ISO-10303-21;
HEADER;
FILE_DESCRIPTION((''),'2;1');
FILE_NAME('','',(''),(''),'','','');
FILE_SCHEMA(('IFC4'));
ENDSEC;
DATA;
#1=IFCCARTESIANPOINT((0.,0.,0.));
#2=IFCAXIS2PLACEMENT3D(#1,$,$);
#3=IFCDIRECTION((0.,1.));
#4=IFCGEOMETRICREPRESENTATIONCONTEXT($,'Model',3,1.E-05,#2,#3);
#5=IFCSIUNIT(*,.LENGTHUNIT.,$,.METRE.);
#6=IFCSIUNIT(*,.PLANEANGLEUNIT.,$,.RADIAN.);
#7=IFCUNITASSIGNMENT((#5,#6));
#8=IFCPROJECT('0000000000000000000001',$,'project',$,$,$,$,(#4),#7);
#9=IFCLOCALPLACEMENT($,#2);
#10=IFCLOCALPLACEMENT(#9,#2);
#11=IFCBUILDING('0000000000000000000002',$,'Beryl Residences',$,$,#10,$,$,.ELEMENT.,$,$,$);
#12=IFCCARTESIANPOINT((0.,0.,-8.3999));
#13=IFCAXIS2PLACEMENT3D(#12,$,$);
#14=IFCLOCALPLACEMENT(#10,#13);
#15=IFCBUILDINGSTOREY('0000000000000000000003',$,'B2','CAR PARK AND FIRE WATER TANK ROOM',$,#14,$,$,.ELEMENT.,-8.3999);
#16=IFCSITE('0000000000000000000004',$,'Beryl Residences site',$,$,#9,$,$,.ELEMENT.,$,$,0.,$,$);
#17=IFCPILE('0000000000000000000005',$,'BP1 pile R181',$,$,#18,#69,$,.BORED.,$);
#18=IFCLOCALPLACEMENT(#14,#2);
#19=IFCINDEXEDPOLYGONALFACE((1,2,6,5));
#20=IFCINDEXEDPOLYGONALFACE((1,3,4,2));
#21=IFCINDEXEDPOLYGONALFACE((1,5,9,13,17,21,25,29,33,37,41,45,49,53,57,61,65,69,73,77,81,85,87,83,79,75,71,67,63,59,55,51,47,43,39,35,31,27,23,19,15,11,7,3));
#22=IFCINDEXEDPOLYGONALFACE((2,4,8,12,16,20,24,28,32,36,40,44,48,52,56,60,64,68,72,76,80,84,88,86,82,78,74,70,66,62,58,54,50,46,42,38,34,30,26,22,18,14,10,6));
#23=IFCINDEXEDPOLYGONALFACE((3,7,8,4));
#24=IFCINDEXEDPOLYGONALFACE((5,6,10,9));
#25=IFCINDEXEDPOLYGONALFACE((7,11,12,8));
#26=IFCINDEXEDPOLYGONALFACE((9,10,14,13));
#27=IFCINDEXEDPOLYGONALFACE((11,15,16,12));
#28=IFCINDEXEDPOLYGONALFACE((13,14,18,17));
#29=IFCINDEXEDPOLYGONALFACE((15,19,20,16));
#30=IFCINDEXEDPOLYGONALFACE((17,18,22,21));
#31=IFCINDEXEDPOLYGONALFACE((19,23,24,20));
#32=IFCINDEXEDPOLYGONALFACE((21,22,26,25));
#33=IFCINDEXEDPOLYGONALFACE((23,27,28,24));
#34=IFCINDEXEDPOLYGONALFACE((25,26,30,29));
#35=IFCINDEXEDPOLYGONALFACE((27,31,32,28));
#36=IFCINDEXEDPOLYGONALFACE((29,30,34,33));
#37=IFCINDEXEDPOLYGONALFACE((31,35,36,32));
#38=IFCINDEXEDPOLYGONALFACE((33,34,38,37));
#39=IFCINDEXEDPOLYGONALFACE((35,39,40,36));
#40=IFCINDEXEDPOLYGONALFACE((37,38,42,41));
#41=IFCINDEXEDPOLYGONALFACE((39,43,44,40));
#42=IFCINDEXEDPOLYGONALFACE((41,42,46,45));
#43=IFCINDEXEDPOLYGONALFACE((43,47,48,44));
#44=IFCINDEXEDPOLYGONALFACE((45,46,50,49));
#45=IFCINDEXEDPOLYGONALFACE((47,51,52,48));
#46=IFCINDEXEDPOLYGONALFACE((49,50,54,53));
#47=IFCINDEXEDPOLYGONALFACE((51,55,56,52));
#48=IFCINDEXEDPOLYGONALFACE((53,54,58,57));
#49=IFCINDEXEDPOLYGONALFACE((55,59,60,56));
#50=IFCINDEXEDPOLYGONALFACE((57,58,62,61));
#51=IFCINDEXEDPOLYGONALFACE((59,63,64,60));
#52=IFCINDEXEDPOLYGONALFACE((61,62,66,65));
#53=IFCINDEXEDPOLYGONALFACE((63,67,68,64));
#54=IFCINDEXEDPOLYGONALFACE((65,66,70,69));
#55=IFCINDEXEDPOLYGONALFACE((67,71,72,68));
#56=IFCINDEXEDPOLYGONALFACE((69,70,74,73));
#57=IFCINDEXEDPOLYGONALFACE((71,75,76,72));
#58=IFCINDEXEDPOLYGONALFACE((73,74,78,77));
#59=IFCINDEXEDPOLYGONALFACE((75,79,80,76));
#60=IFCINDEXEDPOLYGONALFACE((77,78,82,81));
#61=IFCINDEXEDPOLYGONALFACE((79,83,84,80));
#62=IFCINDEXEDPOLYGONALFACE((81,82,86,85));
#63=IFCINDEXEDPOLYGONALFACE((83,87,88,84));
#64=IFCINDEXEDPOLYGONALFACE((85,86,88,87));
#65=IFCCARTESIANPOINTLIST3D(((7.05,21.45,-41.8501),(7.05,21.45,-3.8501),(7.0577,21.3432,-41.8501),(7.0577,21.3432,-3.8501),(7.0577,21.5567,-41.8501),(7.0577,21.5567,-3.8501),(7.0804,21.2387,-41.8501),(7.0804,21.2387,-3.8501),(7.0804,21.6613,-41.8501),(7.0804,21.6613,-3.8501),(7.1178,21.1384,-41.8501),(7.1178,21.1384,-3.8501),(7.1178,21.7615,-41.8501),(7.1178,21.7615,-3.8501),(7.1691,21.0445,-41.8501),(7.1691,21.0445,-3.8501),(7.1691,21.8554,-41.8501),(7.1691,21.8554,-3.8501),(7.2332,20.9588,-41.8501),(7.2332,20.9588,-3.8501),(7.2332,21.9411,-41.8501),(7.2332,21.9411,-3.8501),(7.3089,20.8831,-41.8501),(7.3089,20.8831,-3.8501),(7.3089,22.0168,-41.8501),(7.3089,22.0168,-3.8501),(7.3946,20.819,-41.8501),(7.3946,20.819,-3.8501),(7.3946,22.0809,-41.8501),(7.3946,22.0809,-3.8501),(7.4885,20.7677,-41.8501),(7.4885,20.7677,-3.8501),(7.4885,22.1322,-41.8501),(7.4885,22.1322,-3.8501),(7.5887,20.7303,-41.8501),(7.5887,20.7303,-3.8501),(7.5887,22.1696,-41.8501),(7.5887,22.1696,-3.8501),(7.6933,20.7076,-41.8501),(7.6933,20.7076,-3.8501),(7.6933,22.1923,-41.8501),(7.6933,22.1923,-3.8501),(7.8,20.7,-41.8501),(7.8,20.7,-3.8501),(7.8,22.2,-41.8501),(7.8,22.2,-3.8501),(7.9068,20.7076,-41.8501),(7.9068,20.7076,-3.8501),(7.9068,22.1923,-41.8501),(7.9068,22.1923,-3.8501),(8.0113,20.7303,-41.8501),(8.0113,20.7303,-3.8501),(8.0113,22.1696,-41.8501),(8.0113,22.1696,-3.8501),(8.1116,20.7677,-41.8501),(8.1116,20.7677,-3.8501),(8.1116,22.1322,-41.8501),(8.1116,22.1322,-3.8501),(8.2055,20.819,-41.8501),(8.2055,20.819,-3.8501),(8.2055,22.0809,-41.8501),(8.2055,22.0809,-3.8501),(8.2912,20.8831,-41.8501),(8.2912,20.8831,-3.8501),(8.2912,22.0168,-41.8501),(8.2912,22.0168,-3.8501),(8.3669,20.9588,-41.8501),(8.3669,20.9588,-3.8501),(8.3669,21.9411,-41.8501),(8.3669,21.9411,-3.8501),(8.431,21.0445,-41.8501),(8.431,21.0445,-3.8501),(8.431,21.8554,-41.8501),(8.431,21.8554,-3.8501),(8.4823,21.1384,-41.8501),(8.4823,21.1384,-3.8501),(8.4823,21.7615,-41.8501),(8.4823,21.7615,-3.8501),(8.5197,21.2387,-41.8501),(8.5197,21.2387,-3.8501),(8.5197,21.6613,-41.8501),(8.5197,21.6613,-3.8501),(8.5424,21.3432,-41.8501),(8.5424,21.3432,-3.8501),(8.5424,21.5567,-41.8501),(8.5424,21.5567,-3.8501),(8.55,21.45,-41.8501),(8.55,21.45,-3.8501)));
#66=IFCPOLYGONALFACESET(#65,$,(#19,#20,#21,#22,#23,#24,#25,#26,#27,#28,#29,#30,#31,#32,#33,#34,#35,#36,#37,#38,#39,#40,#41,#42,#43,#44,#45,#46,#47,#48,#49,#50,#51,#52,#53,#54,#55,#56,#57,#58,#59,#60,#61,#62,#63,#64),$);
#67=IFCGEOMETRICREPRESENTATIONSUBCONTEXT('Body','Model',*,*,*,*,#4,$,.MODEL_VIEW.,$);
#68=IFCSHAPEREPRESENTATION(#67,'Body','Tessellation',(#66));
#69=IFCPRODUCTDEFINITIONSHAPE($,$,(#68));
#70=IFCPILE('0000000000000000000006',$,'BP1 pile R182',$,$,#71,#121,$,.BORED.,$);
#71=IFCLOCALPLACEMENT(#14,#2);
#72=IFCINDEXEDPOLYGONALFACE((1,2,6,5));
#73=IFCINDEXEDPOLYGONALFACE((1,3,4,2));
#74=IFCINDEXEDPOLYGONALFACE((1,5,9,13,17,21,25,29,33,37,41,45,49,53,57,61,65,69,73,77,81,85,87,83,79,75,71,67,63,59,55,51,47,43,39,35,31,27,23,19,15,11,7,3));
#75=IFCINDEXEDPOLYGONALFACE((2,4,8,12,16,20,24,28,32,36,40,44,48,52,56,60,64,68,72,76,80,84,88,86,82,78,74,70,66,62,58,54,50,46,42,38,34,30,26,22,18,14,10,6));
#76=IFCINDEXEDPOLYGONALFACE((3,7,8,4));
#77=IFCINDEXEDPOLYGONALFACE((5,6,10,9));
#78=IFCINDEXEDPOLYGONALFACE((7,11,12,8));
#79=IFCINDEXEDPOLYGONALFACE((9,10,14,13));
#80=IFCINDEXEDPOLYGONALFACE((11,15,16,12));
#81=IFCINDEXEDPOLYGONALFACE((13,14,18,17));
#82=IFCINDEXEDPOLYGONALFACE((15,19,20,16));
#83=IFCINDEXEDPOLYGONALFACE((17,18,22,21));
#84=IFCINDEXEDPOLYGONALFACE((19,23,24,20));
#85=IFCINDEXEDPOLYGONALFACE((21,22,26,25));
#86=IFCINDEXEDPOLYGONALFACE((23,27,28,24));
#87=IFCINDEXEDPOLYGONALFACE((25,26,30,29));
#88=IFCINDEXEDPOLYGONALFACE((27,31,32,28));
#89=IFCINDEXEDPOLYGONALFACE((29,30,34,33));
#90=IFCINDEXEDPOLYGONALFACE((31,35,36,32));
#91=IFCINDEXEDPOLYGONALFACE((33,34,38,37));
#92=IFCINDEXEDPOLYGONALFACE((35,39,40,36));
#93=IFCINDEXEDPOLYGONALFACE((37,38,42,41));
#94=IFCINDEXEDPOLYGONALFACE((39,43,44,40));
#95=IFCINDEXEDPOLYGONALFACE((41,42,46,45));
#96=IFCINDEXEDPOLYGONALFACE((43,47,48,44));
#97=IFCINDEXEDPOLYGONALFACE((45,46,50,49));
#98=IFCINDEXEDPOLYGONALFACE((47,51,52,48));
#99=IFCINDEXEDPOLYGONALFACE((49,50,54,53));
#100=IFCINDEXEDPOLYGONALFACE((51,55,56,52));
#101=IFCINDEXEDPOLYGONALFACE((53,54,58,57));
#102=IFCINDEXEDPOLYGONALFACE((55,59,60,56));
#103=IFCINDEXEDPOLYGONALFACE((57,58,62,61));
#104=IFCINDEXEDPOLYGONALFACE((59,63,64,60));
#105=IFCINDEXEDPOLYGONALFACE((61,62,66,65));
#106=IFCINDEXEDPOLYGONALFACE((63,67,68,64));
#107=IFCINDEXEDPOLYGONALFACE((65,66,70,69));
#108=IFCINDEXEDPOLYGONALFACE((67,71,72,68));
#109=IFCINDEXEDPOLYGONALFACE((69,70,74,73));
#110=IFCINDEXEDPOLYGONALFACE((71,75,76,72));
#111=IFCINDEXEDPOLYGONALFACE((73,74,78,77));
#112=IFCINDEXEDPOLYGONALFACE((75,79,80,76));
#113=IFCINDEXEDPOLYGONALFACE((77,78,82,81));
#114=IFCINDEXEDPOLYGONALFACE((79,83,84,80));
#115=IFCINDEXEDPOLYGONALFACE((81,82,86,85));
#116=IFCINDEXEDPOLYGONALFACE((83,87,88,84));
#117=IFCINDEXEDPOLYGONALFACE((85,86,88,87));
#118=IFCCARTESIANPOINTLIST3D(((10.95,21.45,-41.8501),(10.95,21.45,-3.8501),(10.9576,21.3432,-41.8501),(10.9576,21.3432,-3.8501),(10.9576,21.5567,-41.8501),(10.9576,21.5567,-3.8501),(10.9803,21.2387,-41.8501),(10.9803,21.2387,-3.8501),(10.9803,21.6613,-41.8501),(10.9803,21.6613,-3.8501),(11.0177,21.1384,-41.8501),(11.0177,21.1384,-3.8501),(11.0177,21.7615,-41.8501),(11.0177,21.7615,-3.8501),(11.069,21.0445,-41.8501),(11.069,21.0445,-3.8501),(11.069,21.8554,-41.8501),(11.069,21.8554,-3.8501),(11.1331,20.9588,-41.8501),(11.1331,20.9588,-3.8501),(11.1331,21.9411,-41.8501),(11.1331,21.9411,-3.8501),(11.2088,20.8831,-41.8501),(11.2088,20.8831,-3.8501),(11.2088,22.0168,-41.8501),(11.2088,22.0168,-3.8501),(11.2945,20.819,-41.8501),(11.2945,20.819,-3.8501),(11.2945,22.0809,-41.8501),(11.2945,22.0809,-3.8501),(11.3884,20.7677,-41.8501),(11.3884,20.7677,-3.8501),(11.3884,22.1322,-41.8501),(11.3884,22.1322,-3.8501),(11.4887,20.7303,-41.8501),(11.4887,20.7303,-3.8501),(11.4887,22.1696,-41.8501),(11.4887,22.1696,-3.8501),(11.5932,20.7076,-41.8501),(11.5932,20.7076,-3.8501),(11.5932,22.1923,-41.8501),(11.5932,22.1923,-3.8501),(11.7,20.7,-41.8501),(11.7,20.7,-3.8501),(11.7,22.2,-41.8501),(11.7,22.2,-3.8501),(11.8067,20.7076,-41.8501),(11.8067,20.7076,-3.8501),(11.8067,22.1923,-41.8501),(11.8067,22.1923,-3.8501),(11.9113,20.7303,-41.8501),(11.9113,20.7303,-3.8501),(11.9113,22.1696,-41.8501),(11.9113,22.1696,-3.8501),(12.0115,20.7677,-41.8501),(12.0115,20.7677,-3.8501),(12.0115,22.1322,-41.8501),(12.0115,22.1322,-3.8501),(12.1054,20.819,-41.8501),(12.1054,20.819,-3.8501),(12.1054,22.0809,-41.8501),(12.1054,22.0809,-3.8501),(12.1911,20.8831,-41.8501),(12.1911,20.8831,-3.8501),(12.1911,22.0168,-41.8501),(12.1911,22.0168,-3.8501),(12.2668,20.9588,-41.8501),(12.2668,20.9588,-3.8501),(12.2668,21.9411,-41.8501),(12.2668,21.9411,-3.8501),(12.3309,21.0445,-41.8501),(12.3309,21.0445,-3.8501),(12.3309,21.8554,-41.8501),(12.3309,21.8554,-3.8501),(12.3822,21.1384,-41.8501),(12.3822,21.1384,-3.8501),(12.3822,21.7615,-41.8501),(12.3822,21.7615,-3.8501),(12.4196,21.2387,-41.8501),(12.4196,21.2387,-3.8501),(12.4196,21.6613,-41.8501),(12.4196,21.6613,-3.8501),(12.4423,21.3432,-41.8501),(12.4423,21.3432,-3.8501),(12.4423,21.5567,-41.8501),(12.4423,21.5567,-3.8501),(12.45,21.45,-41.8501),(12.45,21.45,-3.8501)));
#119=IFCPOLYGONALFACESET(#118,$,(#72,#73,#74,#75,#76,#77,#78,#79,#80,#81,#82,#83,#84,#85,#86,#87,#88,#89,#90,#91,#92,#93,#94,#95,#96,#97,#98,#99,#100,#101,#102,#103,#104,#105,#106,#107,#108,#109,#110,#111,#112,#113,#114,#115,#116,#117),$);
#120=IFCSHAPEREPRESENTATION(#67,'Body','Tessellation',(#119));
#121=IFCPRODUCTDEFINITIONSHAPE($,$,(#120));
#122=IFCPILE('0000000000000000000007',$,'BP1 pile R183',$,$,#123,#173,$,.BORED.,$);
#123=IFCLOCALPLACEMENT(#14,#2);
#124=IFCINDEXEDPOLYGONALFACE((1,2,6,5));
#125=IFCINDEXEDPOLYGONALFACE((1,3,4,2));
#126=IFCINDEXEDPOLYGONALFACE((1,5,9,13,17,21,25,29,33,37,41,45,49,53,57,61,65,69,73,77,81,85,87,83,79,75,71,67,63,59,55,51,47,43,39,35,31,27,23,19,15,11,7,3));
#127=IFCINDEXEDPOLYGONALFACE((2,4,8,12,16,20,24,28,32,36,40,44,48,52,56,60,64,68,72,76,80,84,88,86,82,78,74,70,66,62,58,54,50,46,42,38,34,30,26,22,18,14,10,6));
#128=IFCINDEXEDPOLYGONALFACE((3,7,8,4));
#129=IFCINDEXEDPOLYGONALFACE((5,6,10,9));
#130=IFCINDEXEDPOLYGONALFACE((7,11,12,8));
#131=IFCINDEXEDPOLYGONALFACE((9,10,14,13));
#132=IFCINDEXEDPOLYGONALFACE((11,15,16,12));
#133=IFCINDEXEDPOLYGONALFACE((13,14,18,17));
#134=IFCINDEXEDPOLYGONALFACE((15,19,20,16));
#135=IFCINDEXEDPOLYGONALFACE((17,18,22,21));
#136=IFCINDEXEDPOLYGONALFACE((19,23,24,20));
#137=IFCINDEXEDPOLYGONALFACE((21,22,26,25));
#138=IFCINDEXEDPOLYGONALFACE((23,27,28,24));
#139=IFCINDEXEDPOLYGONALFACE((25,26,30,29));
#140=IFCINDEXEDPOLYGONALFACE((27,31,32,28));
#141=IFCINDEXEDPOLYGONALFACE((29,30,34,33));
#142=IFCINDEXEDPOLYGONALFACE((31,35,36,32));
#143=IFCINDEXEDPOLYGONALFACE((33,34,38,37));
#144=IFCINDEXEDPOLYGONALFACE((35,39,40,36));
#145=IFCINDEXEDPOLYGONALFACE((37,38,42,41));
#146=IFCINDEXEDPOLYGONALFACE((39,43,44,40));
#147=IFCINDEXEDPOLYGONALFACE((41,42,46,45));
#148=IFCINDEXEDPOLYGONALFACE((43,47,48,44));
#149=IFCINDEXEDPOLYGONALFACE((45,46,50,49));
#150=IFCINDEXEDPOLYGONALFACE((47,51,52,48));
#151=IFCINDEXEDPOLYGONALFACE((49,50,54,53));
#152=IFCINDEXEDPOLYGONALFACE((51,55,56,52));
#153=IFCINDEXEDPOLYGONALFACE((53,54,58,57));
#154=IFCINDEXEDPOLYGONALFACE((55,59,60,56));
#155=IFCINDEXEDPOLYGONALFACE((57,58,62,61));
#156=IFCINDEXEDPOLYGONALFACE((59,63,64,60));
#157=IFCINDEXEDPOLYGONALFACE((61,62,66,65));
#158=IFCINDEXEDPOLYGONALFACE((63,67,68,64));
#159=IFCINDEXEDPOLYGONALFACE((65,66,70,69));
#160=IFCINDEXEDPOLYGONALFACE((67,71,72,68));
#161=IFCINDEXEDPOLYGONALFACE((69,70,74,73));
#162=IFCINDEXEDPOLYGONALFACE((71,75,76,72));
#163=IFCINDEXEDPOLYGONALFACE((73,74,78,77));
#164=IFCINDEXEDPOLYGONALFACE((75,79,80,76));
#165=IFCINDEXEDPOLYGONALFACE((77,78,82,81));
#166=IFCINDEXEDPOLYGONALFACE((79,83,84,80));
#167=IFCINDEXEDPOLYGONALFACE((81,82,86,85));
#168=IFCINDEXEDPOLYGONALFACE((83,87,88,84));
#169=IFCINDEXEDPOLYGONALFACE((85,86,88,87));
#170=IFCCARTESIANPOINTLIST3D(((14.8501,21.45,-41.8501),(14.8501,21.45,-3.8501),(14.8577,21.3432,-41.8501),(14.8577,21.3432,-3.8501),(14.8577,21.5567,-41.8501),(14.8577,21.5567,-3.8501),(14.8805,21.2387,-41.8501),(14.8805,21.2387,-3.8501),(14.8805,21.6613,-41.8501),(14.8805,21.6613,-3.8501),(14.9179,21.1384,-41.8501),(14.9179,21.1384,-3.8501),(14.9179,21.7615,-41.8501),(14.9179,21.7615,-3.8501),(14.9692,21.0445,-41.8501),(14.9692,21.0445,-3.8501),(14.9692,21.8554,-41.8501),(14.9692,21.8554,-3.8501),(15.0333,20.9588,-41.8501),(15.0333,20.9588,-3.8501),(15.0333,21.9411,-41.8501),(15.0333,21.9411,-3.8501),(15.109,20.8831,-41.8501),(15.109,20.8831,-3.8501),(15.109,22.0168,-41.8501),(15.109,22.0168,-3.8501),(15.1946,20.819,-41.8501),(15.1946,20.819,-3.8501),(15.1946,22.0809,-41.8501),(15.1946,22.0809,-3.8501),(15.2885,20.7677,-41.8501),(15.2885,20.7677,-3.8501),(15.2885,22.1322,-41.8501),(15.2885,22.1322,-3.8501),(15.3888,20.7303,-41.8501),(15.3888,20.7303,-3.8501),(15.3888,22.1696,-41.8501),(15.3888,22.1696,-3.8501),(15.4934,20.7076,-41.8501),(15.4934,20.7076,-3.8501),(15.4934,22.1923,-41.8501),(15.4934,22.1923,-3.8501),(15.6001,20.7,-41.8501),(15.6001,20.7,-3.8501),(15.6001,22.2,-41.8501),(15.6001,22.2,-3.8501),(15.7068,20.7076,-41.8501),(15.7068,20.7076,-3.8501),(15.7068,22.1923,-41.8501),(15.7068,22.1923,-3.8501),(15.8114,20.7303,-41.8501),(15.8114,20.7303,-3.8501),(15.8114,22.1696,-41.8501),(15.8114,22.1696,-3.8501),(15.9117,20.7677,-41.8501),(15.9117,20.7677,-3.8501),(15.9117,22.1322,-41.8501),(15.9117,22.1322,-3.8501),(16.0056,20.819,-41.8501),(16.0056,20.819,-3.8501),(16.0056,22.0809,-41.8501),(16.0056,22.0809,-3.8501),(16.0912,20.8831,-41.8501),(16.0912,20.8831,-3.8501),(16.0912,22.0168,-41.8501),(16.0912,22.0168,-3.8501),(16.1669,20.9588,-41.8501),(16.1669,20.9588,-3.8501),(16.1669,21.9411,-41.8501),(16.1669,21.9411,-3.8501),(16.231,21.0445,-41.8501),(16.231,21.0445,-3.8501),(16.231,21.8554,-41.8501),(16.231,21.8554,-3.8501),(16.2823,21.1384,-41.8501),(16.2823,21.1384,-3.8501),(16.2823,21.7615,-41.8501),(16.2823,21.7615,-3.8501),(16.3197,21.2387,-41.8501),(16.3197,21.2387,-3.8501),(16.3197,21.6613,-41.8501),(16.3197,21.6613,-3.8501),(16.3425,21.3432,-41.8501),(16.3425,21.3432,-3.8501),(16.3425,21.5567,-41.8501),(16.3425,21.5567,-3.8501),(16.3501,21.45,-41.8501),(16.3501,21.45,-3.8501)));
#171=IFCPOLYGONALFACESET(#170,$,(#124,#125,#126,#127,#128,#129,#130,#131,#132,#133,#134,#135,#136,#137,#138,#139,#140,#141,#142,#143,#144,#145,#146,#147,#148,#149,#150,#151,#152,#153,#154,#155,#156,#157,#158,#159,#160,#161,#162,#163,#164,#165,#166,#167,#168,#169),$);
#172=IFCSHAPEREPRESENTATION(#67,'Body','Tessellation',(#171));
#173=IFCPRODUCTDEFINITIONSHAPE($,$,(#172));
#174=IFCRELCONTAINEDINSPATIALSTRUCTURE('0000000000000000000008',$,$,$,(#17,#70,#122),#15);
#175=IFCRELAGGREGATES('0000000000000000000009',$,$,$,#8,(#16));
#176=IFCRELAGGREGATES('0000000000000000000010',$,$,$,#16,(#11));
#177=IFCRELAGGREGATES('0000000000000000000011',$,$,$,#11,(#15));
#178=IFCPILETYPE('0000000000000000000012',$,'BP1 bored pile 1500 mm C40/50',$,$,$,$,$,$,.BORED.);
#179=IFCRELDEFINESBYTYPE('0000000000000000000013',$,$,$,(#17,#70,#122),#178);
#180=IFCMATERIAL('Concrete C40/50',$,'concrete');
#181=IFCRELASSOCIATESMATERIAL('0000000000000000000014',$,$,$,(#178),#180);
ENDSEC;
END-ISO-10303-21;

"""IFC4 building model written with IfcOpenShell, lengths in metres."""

from ifc_helpers import new_model, si_unit, direction, frame, origin, origin_2d, place, context, subcontext, project, spatial, circle, extrude, material, material_profile, profile_set, type_object, element, save


model = new_model("IFC4")

# Units and contexts
model_context = context("Model", 3, precision=1e-05, world=origin(), true_north=direction((0.0, 1.0)))
body_context = subcontext(model_context, "Body", "Model", "MODEL_VIEW")
ifc_project = project(units=[si_unit("LENGTHUNIT", "METRE"), si_unit("PLANEANGLEUNIT", "RADIAN")], contexts=[model_context])

# Site, building, storey
site_placement = place(None, origin())
site = spatial("IfcSite", under=ifc_project, at=site_placement, Name="Beryl Residences site", CompositionType="ELEMENT", RefElevation=0.0)
building_placement = place(site_placement, origin())
building = spatial("IfcBuilding", under=site, at=building_placement, Name="Beryl Residences", CompositionType="ELEMENT")
storey_placement = place(building_placement, frame((0.0, 0.0, -8.3999)))
storey = spatial("IfcBuildingStorey", under=building, at=storey_placement, Name="B2", Description="CAR PARK AND FIRE WATER TANK ROOM", CompositionType="ELEMENT", Elevation=-8.3999)

# Piles
ifc_material_1 = material(Name="Concrete C40/50", Category="concrete")
ifc_material_profile_1 = material_profile(ifc_material_1, circle(Radius=0.75, at=origin_2d()))
ifc_profile_set_1 = profile_set([ifc_material_profile_1], Name="Concrete C40/50")
pile_type_1 = type_object("IfcPileType", Name="BP1 bored pile 1500 mm C40/50", PredefinedType="BORED", material=ifc_profile_set_1)
for number, where, z_axis, x_axis, name in (
    (1, (7.8, 21.45, -3.8501), (0.0, 0.0, -1.0), (1.0, 0.0, 0.0), "BP1 pile R181"),
    (2, (11.7, 21.45, -3.8501), (0.0, 0.0, -1.0), (1.0, 0.0, 0.0), "BP1 pile R182"),
    (3, (15.6001, 21.45, -3.8501), (0.0, 0.0, -1.0), (1.0, 0.0, 0.0), "BP1 pile R183"),
):
    element("IfcPile", number, at=place(storey_placement, frame(where, z_axis=z_axis, x_axis=x_axis)), inside=storey, type_object=pile_type_1, Name=name, PredefinedType="BORED", context=body_context, shape_type="SweptSolid", body=[
        extrude(circle(Radius=0.75, at=origin_2d()), origin(), (0.0, 0.0, 1.0), 38.0),
    ])

save(model, "model.ifc")
